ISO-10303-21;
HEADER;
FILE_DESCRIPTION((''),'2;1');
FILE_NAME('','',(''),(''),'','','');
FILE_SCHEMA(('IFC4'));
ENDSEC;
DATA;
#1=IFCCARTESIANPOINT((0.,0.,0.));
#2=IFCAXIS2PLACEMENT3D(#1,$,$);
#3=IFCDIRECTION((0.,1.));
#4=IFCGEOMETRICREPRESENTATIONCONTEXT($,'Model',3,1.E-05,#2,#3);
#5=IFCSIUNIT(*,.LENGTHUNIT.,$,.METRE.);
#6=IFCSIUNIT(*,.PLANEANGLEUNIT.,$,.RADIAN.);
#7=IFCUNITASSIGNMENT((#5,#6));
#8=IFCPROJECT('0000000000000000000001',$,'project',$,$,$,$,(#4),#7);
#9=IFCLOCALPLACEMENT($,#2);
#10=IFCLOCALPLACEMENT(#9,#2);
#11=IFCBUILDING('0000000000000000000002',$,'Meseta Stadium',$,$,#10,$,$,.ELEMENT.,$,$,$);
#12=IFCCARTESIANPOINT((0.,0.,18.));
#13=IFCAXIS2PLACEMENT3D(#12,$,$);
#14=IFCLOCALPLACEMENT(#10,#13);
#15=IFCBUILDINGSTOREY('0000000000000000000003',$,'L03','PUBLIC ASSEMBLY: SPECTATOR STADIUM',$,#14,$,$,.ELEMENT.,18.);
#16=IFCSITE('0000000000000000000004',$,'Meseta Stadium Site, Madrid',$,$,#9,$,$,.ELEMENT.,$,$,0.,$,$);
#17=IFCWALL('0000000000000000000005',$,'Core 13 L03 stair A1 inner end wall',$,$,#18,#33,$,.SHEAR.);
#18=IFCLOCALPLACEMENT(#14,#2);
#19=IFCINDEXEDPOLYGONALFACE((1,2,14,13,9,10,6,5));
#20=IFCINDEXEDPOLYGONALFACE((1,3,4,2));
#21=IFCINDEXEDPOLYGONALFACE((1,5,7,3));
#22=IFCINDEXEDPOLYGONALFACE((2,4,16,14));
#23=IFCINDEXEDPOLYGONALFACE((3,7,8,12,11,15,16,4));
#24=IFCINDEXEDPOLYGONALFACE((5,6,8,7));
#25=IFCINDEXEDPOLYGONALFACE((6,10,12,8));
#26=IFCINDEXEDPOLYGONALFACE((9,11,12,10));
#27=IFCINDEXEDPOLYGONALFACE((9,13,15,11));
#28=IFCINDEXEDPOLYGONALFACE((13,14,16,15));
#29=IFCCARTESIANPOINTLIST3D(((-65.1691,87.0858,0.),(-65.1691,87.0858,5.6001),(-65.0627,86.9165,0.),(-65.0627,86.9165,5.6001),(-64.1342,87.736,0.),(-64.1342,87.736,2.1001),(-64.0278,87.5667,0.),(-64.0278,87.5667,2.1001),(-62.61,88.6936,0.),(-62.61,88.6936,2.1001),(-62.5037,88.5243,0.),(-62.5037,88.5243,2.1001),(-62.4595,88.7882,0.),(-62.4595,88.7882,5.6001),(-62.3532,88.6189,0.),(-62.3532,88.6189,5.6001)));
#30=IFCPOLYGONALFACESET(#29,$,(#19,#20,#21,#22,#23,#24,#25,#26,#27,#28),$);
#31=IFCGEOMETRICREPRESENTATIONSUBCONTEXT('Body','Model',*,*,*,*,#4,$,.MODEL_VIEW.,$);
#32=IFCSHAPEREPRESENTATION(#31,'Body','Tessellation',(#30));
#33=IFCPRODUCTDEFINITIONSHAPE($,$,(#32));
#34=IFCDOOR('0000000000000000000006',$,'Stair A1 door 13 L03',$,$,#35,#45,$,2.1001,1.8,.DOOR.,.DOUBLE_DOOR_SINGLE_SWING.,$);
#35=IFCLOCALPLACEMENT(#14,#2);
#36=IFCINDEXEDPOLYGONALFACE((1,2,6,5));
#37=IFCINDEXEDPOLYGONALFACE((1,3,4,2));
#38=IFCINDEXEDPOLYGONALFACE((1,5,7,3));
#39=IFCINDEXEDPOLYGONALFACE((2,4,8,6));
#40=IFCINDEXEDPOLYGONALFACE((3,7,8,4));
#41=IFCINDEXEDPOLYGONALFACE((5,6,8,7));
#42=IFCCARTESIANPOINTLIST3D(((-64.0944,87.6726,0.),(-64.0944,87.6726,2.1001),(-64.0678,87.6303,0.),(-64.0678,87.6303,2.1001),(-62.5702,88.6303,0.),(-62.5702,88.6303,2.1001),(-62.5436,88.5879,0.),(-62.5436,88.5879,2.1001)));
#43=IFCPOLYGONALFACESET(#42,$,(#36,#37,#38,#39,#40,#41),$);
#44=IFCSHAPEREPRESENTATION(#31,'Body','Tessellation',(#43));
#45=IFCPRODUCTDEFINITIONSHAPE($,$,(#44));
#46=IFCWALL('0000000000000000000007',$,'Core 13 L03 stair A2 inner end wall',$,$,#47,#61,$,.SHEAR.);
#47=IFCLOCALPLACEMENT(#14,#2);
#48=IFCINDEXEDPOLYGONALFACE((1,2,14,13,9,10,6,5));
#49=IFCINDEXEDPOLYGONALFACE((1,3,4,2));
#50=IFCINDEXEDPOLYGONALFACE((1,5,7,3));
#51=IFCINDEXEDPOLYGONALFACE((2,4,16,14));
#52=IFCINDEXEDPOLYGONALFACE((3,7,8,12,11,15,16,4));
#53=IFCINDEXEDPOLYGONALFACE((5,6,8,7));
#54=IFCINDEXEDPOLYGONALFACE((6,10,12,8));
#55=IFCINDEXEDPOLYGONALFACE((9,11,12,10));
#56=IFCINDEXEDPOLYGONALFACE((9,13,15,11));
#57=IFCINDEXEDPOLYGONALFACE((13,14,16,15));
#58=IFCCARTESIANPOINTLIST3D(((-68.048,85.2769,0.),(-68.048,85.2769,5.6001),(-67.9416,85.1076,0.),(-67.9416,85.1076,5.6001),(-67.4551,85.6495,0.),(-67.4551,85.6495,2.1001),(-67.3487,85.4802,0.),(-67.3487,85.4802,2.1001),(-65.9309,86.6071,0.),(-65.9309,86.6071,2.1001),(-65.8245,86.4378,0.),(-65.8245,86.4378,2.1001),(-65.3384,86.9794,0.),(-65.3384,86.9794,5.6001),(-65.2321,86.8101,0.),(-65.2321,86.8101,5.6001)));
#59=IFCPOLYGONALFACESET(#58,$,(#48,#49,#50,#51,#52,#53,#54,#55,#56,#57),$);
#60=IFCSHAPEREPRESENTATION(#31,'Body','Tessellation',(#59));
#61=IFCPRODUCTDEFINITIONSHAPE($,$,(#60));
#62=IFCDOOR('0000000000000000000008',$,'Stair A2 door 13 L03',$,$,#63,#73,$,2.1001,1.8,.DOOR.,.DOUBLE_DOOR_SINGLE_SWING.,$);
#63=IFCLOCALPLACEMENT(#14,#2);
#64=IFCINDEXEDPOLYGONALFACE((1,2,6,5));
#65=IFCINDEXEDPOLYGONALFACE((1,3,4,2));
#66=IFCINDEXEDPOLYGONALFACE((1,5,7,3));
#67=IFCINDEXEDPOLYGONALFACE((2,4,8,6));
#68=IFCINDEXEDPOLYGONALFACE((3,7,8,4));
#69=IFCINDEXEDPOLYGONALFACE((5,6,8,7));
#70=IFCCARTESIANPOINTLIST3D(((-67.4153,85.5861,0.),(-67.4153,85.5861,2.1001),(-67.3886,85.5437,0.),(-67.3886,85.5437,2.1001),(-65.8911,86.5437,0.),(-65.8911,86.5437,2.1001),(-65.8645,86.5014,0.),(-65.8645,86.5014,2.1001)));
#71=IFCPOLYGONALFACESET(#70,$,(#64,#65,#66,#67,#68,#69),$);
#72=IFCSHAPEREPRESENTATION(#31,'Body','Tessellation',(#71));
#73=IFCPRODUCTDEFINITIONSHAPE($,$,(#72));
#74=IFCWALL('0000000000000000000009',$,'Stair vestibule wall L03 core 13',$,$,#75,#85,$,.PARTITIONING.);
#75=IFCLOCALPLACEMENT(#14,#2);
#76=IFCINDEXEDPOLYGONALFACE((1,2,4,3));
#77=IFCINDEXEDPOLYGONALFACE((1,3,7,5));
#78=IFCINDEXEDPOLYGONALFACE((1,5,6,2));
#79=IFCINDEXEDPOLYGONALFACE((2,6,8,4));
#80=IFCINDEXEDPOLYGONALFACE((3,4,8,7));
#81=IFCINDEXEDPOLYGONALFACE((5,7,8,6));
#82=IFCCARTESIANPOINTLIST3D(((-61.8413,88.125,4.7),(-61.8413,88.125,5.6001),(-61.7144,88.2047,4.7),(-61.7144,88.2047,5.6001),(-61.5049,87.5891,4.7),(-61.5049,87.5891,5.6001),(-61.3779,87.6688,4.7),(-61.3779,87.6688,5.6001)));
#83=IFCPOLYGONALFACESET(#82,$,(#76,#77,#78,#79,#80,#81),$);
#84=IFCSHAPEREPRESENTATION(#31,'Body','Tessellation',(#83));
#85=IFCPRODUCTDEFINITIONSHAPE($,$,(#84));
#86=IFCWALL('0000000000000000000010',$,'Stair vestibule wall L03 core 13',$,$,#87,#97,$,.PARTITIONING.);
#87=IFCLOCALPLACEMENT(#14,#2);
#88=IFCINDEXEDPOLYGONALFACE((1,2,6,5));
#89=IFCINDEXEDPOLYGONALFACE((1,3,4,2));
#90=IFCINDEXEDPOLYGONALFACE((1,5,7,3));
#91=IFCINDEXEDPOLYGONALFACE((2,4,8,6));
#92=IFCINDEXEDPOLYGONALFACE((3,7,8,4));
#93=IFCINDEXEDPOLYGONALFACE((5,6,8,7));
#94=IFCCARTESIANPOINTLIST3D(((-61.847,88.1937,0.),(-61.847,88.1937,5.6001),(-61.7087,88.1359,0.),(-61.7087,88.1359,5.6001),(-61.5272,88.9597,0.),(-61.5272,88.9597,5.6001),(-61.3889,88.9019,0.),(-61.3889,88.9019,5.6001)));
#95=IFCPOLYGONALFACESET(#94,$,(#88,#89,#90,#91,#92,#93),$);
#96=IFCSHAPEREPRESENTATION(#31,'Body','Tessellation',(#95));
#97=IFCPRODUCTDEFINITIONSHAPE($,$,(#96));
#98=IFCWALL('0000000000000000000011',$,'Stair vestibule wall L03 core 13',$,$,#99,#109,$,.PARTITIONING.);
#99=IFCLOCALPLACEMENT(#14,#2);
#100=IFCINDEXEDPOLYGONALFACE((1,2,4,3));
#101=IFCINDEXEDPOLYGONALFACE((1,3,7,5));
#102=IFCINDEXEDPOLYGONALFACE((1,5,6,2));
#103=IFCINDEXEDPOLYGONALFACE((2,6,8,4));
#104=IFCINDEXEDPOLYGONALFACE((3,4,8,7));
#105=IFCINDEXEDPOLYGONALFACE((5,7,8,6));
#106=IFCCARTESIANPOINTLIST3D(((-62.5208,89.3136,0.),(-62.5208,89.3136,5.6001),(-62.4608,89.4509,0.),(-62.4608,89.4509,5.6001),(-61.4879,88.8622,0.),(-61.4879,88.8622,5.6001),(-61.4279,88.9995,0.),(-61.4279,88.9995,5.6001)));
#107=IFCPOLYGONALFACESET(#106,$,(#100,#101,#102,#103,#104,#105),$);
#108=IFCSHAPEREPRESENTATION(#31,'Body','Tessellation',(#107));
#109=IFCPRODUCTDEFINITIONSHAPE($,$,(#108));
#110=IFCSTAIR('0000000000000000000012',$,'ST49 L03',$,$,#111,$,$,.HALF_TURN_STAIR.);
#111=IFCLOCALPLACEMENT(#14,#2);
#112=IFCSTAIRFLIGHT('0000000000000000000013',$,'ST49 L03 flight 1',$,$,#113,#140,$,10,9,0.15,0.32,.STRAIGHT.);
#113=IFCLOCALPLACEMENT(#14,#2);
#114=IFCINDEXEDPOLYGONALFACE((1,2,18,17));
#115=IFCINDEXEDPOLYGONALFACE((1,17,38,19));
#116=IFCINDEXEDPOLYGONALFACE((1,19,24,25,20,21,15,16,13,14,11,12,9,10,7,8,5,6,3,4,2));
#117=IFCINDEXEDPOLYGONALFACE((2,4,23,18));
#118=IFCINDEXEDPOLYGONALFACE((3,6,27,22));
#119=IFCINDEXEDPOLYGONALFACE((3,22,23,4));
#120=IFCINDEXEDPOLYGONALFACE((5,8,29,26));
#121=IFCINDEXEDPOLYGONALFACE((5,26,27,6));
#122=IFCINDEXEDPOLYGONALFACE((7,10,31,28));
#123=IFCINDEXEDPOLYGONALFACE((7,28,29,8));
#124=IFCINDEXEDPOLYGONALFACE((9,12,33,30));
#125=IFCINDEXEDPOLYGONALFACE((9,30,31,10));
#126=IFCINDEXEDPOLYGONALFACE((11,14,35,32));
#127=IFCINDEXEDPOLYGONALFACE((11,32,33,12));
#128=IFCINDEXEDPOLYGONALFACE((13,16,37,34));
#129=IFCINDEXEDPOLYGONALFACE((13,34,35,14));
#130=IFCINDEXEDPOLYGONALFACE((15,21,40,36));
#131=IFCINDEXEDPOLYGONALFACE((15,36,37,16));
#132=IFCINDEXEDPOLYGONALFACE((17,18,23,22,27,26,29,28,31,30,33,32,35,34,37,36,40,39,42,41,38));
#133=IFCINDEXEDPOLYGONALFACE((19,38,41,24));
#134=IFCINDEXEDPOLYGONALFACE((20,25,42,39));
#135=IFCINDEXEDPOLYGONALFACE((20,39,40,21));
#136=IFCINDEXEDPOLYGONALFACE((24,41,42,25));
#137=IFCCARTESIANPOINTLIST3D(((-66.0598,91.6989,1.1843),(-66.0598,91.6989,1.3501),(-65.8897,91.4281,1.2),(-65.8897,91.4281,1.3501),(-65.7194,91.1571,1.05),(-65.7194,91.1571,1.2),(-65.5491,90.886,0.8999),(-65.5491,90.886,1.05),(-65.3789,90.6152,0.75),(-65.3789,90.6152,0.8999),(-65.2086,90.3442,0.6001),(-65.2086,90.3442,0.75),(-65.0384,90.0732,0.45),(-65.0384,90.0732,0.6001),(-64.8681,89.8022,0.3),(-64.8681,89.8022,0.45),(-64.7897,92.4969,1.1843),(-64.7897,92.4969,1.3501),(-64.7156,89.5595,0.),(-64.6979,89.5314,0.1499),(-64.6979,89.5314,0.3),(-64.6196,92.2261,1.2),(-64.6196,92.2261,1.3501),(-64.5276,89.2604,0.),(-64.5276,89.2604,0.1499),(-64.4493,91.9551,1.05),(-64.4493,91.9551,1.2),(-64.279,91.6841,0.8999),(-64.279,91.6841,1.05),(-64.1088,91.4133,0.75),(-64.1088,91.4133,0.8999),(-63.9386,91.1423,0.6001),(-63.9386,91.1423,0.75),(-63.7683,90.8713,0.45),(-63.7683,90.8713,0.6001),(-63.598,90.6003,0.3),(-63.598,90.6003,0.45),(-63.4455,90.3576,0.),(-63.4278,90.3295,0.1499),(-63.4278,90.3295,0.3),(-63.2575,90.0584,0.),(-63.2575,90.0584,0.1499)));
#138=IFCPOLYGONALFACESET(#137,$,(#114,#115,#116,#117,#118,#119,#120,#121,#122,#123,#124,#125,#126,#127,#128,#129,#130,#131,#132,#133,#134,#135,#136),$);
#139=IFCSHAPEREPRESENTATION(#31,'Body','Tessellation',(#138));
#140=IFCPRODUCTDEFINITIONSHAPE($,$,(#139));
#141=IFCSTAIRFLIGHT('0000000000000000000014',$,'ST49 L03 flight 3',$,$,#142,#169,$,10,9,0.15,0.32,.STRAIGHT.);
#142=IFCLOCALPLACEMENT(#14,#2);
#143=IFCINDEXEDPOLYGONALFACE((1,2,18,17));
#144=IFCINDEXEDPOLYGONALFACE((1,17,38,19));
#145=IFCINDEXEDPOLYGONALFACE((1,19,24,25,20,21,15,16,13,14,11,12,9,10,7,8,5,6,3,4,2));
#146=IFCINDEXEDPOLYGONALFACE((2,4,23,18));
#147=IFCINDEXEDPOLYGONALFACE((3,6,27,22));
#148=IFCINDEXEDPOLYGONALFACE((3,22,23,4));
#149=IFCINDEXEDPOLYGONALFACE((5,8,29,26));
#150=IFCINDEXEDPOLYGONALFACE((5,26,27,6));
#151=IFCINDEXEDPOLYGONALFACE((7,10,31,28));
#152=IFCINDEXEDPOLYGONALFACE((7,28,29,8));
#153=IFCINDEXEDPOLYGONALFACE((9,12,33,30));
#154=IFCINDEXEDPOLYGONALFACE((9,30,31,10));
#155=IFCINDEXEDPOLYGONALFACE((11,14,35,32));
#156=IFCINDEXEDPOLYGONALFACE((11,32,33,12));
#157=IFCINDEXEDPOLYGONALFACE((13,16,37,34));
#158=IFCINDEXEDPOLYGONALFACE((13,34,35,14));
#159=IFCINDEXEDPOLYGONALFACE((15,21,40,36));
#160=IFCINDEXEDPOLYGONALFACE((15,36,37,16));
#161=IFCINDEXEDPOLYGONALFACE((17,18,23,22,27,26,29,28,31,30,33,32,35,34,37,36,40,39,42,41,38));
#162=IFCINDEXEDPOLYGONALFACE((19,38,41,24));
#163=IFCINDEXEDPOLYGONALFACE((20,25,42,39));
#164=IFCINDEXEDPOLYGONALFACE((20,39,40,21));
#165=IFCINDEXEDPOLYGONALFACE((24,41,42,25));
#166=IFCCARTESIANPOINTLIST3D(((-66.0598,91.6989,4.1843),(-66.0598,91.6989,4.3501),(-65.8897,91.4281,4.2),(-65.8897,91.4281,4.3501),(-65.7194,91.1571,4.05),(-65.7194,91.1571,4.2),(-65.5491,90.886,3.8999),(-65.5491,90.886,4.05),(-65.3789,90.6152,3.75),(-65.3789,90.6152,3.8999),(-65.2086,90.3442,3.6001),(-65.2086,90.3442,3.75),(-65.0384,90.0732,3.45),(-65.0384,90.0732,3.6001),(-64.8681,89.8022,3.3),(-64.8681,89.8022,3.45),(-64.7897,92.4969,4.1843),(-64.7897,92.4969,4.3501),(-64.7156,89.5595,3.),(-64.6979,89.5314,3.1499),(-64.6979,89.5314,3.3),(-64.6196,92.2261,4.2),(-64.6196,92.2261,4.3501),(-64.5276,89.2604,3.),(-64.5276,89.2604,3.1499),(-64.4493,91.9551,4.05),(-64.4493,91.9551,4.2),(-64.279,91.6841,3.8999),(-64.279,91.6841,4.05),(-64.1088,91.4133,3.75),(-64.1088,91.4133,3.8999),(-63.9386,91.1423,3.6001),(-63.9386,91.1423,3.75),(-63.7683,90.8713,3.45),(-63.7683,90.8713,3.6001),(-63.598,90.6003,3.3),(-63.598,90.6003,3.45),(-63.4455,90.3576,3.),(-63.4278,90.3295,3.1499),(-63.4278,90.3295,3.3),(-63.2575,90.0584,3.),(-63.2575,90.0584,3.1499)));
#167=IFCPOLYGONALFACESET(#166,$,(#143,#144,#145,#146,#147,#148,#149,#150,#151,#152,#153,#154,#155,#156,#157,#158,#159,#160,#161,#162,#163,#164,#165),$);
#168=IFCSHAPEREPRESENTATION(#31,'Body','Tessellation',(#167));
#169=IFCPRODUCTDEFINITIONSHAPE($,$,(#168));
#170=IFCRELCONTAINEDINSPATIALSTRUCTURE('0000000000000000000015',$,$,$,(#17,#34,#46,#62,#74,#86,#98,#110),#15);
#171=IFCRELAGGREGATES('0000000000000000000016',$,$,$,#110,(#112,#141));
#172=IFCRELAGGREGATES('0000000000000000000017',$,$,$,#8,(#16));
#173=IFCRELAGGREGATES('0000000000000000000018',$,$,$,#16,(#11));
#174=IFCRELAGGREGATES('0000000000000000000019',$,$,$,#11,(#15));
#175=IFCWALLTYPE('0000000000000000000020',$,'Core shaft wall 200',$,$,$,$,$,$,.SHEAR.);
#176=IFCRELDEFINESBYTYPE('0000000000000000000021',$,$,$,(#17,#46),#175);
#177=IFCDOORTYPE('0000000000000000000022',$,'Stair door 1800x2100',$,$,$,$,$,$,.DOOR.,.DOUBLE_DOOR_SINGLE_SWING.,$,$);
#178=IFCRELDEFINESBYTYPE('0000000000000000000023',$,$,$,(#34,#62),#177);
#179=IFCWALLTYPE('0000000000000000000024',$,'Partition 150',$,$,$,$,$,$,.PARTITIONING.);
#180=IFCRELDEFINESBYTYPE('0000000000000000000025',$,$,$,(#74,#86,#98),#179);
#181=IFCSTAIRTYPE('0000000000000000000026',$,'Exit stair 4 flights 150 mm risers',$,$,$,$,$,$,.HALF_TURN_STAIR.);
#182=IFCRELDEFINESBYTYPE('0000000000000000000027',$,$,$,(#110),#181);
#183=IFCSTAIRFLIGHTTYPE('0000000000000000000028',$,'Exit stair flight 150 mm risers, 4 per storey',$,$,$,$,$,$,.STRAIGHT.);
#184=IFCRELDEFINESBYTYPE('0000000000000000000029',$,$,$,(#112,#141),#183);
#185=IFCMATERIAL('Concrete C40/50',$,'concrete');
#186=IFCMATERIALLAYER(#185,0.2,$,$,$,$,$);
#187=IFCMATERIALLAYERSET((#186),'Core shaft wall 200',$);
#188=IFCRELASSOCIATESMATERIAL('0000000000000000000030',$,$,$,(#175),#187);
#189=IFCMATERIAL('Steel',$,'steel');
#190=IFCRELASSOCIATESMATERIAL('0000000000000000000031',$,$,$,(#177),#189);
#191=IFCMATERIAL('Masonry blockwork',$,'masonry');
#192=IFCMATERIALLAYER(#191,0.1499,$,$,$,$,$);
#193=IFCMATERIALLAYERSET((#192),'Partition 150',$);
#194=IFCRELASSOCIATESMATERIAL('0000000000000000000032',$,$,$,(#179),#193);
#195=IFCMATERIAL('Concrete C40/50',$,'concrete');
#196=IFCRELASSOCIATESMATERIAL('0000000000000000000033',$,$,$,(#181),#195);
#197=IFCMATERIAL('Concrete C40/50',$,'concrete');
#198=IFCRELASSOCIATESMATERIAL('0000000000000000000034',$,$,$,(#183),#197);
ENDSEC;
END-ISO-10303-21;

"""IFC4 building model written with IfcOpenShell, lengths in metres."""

from ifc_helpers import new_model, si_unit, direction, frame, frame_2d, origin, place, context, subcontext, project, spatial, polyline, rectangle, outline, extrude, material, layer, layer_set, type_object, element, fill, aggregate, save


model = new_model("IFC4")

# Units and contexts
model_context = context("Model", 3, precision=1e-05, world=origin(), true_north=direction((0.0, 1.0)))
body_context = subcontext(model_context, "Body", "Model", "MODEL_VIEW")
ifc_project = project(units=[si_unit("LENGTHUNIT", "METRE"), si_unit("PLANEANGLEUNIT", "RADIAN")], contexts=[model_context])

# Site, building, storey
site_placement = place(None, origin())
site = spatial("IfcSite", under=ifc_project, at=site_placement, Name="Meseta Stadium Site, Madrid", CompositionType="ELEMENT", RefElevation=0.0)
building_placement = place(site_placement, origin())
building = spatial("IfcBuilding", under=site, at=building_placement, Name="Meseta Stadium", CompositionType="ELEMENT")
storey_placement = place(building_placement, frame((0.0, 0.0, 18.0)))
storey = spatial("IfcBuildingStorey", under=building, at=storey_placement, Name="L03", Description="PUBLIC ASSEMBLY: SPECTATOR STADIUM", CompositionType="ELEMENT", Elevation=18.0)

# Walls, openings, doors
ifc_material_1 = material(Name="Concrete C40/50", Category="concrete")
ifc_layer_1 = layer(ifc_material_1, 0.2)
ifc_layer_set_1 = layer_set([ifc_layer_1], Name="Core shaft wall 200")
wall_type_1 = type_object("IfcWallType", Name="Core shaft wall 200", PredefinedType="SHEAR", material=ifc_layer_set_1)
wall_1_placement = place(storey_placement, frame((-62.4062, 88.7036, 0.0), z_axis=(0.0, 0.0, 1.0), x_axis=(-0.846736, -0.532014, 0.0)))
wall_1 = element("IfcWall", 1, at=wall_1_placement, inside=storey, type_object=wall_type_1, Name="Core 13 L03 stair A1 inner end wall", PredefinedType="SHEAR", context=body_context, shape_type="SweptSolid", body=[
    extrude(rectangle(XDim=3.2, YDim=0.2, at=frame_2d((1.6001, 0.0))), origin(), (0.0, 0.0, 1.0), 5.6001),
])
opening_1_placement = place(wall_1_placement, frame((0.178, 0.0, 0.0)))
opening_1 = element("IfcOpeningElement", 2, at=opening_1_placement, cuts=wall_1, PredefinedType="OPENING", context=body_context, shape_type="SweptSolid", body=[
    extrude(rectangle(XDim=1.8, YDim=2.1001, at=frame_2d((0.8999, 1.05))), frame((0.0, 0.1099, 0.0), z_axis=(0.0, -1.0, 0.0), x_axis=(1.0, 0.0, 0.0)), (0.0, 0.0, 1.0), 0.22),
])
ifc_material_2 = material(Name="Steel", Category="steel")
door_type = type_object("IfcDoorType", Name="Stair door 1800x2100", OperationType="DOUBLE_DOOR_SINGLE_SWING", PredefinedType="DOOR", material=ifc_material_2)
door_1_placement = place(opening_1_placement, origin())
door_1 = element("IfcDoor", 3, at=door_1_placement, inside=storey, type_object=door_type, Name="Stair A1 door 13 L03", OperationType="DOUBLE_DOOR_SINGLE_SWING", OverallHeight=2.1001, OverallWidth=1.8, PredefinedType="DOOR", context=body_context, shape_type="SweptSolid", body=[
    extrude(rectangle(XDim=1.8, YDim=2.1001, at=frame_2d((0.8999, 1.05))), frame((0.0, 0.0249, 0.0), z_axis=(0.0, -1.0, 0.0), x_axis=(1.0, 0.0, 0.0)), (0.0, 0.0, 1.0), 0.05),
])
fill(opening_1, door_1)
wall_2_placement = place(storey_placement, frame((-65.2852, 86.8948, 0.0), z_axis=(0.0, 0.0, 1.0), x_axis=(-0.846736, -0.532014, 0.0)))
wall_2 = element("IfcWall", 4, at=wall_2_placement, inside=storey, type_object=wall_type_1, Name="Core 13 L03 stair A2 inner end wall", PredefinedType="SHEAR", context=body_context, shape_type="SweptSolid", body=[
    extrude(rectangle(XDim=3.2, YDim=0.2, at=frame_2d((1.6001, 0.0))), origin(), (0.0, 0.0, 1.0), 5.6001),
])
opening_2_placement = place(wall_2_placement, frame((0.7, 0.0, 0.0)))
opening_2 = element("IfcOpeningElement", 5, at=opening_2_placement, cuts=wall_2, PredefinedType="OPENING", context=body_context, shape_type="SweptSolid", body=[
    extrude(rectangle(XDim=1.8, YDim=2.1001, at=frame_2d((0.8999, 1.05))), frame((0.0, 0.1099, 0.0), z_axis=(0.0, -1.0, 0.0), x_axis=(1.0, 0.0, 0.0)), (0.0, 0.0, 1.0), 0.22),
])
door_2_placement = place(opening_2_placement, origin())
door_2 = element("IfcDoor", 6, at=door_2_placement, inside=storey, type_object=door_type, Name="Stair A2 door 13 L03", OperationType="DOUBLE_DOOR_SINGLE_SWING", OverallHeight=2.1001, OverallWidth=1.8, PredefinedType="DOOR", context=body_context, shape_type="SweptSolid", body=[
    extrude(rectangle(XDim=1.8, YDim=2.1001, at=frame_2d((0.8999, 1.05))), frame((0.0, 0.0249, 0.0), z_axis=(0.0, -1.0, 0.0), x_axis=(1.0, 0.0, 0.0)), (0.0, 0.0, 1.0), 0.05),
])
fill(opening_2, door_2)

# Walls
ifc_material_3 = material(Name="Masonry blockwork", Category="masonry")
ifc_layer_2 = layer(ifc_material_3, 0.1499)
ifc_layer_set_2 = layer_set([ifc_layer_2], Name="Partition 150")
wall_type_2 = type_object("IfcWallType", Name="Partition 150", PredefinedType="PARTITIONING", material=ifc_layer_set_2)
wall_3_placement = place(storey_placement, frame((-61.4414, 87.6289, 4.7), z_axis=(0.0, 0.0, 1.0), x_axis=(-0.531697, 0.846934, 0.0)))
element("IfcWall", 7, at=wall_3_placement, inside=storey, type_object=wall_type_2, Name="Stair vestibule wall L03 core 13", PredefinedType="PARTITIONING", context=body_context, shape_type="SweptSolid", body=[
    extrude(rectangle(XDim=0.6328, YDim=0.1499, at=frame_2d((0.3164, 0.0))), origin(), (0.0, 0.0, 1.0), 0.9001),
])
wall_4_placement = place(storey_placement, frame((-61.7778, 88.1648, 0.0), z_axis=(0.0, 0.0, 1.0), x_axis=(0.385242, 0.922816, 0.0)))
element("IfcWall", 8, at=wall_4_placement, inside=storey, type_object=wall_type_2, Name="Stair vestibule wall L03 core 13", PredefinedType="PARTITIONING", context=body_context, shape_type="SweptSolid", body=[
    extrude(rectangle(XDim=0.8301, YDim=0.1499, at=frame_2d((0.415, 0.0))), origin(), (0.0, 0.0, 1.0), 5.6001),
])
wall_5_placement = place(storey_placement, frame((-61.458, 88.9309, 0.0), z_axis=(0.0, 0.0, 1.0), x_axis=(-0.916321, 0.400444, 0.0)))
element("IfcWall", 9, at=wall_5_placement, inside=storey, type_object=wall_type_2, Name="Stair vestibule wall L03 core 13", PredefinedType="PARTITIONING", context=body_context, shape_type="SweptSolid", body=[
    extrude(rectangle(XDim=1.1272, YDim=0.1499, at=frame_2d((0.5635, 0.0))), origin(), (0.0, 0.0, 1.0), 5.6001),
])

# Stair, stair flights
ifc_material_4 = material(Name="Concrete C40/50", Category="concrete")
stair_type = type_object("IfcStairType", Name="Exit stair 4 flights 150 mm risers", PredefinedType="HALF_TURN_STAIR", material=ifc_material_4)
stair_1_placement = place(storey_placement, origin())
stair_1 = element("IfcStair", 10, at=stair_1_placement, inside=storey, type_object=stair_type, Name="ST49 L03", PredefinedType="HALF_TURN_STAIR")
ifc_material_5 = material(Name="Concrete C40/50", Category="concrete")
stair_flight_type = type_object("IfcStairFlightType", Name="Exit stair flight 150 mm risers, 4 per storey", PredefinedType="STRAIGHT", material=ifc_material_5)
stair_flight_1_placement = place(storey_placement, frame((-63.8926, 89.6594, 0.0), z_axis=(0.0, 0.0, 1.0), x_axis=(-0.532032, 0.846724, 0.0)))
stair_flight_1 = element("IfcStairFlight", 11, at=stair_flight_1_placement, type_object=stair_flight_type, Name="ST49 L03 flight 1", NumberOfRisers=10, NumberOfTreads=9, PredefinedType="STRAIGHT", RiserHeight=0.15, TreadLength=0.32, context=body_context, shape_type="SweptSolid", body=[
    extrude(outline(polyline([(0.0, 0.0), (0.0, 0.1499), (0.3201, 0.1499), (0.3201, 0.3), (0.6399, 0.3), (0.6399, 0.45), (0.96, 0.45), (0.96, 0.6001), (1.28, 0.6001), (1.28, 0.75), (1.6001, 0.75), (1.6001, 0.8999), (1.9199, 0.8999), (1.9199, 1.05), (2.24, 1.05), (2.24, 1.2), (2.5601, 1.2), (2.5601, 1.3501), (2.8799, 1.3501), (2.8799, 1.1843), (0.3533, 0.0), (0.0, 0.0)])), frame((0.0, 0.75, 0.0), z_axis=(0.0, -1.0, 0.0), x_axis=(1.0, 0.0, 0.0)), (0.0, 0.0, 1.0), 1.5),
])
stair_flight_2_placement = place(storey_placement, frame((-63.8926, 89.6594, 3.0), z_axis=(0.0, 0.0, 1.0), x_axis=(-0.532032, 0.846724, 0.0)))
stair_flight_2 = element("IfcStairFlight", 12, at=stair_flight_2_placement, type_object=stair_flight_type, Name="ST49 L03 flight 3", NumberOfRisers=10, NumberOfTreads=9, PredefinedType="STRAIGHT", RiserHeight=0.15, TreadLength=0.32, context=body_context, shape_type="SweptSolid", body=[
    extrude(outline(polyline([(0.0, 0.0), (0.0, 0.1499), (0.3201, 0.1499), (0.3201, 0.3), (0.6399, 0.3), (0.6399, 0.45), (0.96, 0.45), (0.96, 0.6001), (1.28, 0.6001), (1.28, 0.75), (1.6001, 0.75), (1.6001, 0.8999), (1.9199, 0.8999), (1.9199, 1.05), (2.24, 1.05), (2.24, 1.2), (2.5601, 1.2), (2.5601, 1.3501), (2.8799, 1.3501), (2.8799, 1.1843), (0.3533, 0.0), (0.0, 0.0)])), frame((0.0, 0.75, 0.0), z_axis=(0.0, -1.0, 0.0), x_axis=(1.0, 0.0, 0.0)), (0.0, 0.0, 1.0), 1.5),
])
aggregate(stair_1, [stair_flight_1, stair_flight_2])

save(model, "model.ifc")
